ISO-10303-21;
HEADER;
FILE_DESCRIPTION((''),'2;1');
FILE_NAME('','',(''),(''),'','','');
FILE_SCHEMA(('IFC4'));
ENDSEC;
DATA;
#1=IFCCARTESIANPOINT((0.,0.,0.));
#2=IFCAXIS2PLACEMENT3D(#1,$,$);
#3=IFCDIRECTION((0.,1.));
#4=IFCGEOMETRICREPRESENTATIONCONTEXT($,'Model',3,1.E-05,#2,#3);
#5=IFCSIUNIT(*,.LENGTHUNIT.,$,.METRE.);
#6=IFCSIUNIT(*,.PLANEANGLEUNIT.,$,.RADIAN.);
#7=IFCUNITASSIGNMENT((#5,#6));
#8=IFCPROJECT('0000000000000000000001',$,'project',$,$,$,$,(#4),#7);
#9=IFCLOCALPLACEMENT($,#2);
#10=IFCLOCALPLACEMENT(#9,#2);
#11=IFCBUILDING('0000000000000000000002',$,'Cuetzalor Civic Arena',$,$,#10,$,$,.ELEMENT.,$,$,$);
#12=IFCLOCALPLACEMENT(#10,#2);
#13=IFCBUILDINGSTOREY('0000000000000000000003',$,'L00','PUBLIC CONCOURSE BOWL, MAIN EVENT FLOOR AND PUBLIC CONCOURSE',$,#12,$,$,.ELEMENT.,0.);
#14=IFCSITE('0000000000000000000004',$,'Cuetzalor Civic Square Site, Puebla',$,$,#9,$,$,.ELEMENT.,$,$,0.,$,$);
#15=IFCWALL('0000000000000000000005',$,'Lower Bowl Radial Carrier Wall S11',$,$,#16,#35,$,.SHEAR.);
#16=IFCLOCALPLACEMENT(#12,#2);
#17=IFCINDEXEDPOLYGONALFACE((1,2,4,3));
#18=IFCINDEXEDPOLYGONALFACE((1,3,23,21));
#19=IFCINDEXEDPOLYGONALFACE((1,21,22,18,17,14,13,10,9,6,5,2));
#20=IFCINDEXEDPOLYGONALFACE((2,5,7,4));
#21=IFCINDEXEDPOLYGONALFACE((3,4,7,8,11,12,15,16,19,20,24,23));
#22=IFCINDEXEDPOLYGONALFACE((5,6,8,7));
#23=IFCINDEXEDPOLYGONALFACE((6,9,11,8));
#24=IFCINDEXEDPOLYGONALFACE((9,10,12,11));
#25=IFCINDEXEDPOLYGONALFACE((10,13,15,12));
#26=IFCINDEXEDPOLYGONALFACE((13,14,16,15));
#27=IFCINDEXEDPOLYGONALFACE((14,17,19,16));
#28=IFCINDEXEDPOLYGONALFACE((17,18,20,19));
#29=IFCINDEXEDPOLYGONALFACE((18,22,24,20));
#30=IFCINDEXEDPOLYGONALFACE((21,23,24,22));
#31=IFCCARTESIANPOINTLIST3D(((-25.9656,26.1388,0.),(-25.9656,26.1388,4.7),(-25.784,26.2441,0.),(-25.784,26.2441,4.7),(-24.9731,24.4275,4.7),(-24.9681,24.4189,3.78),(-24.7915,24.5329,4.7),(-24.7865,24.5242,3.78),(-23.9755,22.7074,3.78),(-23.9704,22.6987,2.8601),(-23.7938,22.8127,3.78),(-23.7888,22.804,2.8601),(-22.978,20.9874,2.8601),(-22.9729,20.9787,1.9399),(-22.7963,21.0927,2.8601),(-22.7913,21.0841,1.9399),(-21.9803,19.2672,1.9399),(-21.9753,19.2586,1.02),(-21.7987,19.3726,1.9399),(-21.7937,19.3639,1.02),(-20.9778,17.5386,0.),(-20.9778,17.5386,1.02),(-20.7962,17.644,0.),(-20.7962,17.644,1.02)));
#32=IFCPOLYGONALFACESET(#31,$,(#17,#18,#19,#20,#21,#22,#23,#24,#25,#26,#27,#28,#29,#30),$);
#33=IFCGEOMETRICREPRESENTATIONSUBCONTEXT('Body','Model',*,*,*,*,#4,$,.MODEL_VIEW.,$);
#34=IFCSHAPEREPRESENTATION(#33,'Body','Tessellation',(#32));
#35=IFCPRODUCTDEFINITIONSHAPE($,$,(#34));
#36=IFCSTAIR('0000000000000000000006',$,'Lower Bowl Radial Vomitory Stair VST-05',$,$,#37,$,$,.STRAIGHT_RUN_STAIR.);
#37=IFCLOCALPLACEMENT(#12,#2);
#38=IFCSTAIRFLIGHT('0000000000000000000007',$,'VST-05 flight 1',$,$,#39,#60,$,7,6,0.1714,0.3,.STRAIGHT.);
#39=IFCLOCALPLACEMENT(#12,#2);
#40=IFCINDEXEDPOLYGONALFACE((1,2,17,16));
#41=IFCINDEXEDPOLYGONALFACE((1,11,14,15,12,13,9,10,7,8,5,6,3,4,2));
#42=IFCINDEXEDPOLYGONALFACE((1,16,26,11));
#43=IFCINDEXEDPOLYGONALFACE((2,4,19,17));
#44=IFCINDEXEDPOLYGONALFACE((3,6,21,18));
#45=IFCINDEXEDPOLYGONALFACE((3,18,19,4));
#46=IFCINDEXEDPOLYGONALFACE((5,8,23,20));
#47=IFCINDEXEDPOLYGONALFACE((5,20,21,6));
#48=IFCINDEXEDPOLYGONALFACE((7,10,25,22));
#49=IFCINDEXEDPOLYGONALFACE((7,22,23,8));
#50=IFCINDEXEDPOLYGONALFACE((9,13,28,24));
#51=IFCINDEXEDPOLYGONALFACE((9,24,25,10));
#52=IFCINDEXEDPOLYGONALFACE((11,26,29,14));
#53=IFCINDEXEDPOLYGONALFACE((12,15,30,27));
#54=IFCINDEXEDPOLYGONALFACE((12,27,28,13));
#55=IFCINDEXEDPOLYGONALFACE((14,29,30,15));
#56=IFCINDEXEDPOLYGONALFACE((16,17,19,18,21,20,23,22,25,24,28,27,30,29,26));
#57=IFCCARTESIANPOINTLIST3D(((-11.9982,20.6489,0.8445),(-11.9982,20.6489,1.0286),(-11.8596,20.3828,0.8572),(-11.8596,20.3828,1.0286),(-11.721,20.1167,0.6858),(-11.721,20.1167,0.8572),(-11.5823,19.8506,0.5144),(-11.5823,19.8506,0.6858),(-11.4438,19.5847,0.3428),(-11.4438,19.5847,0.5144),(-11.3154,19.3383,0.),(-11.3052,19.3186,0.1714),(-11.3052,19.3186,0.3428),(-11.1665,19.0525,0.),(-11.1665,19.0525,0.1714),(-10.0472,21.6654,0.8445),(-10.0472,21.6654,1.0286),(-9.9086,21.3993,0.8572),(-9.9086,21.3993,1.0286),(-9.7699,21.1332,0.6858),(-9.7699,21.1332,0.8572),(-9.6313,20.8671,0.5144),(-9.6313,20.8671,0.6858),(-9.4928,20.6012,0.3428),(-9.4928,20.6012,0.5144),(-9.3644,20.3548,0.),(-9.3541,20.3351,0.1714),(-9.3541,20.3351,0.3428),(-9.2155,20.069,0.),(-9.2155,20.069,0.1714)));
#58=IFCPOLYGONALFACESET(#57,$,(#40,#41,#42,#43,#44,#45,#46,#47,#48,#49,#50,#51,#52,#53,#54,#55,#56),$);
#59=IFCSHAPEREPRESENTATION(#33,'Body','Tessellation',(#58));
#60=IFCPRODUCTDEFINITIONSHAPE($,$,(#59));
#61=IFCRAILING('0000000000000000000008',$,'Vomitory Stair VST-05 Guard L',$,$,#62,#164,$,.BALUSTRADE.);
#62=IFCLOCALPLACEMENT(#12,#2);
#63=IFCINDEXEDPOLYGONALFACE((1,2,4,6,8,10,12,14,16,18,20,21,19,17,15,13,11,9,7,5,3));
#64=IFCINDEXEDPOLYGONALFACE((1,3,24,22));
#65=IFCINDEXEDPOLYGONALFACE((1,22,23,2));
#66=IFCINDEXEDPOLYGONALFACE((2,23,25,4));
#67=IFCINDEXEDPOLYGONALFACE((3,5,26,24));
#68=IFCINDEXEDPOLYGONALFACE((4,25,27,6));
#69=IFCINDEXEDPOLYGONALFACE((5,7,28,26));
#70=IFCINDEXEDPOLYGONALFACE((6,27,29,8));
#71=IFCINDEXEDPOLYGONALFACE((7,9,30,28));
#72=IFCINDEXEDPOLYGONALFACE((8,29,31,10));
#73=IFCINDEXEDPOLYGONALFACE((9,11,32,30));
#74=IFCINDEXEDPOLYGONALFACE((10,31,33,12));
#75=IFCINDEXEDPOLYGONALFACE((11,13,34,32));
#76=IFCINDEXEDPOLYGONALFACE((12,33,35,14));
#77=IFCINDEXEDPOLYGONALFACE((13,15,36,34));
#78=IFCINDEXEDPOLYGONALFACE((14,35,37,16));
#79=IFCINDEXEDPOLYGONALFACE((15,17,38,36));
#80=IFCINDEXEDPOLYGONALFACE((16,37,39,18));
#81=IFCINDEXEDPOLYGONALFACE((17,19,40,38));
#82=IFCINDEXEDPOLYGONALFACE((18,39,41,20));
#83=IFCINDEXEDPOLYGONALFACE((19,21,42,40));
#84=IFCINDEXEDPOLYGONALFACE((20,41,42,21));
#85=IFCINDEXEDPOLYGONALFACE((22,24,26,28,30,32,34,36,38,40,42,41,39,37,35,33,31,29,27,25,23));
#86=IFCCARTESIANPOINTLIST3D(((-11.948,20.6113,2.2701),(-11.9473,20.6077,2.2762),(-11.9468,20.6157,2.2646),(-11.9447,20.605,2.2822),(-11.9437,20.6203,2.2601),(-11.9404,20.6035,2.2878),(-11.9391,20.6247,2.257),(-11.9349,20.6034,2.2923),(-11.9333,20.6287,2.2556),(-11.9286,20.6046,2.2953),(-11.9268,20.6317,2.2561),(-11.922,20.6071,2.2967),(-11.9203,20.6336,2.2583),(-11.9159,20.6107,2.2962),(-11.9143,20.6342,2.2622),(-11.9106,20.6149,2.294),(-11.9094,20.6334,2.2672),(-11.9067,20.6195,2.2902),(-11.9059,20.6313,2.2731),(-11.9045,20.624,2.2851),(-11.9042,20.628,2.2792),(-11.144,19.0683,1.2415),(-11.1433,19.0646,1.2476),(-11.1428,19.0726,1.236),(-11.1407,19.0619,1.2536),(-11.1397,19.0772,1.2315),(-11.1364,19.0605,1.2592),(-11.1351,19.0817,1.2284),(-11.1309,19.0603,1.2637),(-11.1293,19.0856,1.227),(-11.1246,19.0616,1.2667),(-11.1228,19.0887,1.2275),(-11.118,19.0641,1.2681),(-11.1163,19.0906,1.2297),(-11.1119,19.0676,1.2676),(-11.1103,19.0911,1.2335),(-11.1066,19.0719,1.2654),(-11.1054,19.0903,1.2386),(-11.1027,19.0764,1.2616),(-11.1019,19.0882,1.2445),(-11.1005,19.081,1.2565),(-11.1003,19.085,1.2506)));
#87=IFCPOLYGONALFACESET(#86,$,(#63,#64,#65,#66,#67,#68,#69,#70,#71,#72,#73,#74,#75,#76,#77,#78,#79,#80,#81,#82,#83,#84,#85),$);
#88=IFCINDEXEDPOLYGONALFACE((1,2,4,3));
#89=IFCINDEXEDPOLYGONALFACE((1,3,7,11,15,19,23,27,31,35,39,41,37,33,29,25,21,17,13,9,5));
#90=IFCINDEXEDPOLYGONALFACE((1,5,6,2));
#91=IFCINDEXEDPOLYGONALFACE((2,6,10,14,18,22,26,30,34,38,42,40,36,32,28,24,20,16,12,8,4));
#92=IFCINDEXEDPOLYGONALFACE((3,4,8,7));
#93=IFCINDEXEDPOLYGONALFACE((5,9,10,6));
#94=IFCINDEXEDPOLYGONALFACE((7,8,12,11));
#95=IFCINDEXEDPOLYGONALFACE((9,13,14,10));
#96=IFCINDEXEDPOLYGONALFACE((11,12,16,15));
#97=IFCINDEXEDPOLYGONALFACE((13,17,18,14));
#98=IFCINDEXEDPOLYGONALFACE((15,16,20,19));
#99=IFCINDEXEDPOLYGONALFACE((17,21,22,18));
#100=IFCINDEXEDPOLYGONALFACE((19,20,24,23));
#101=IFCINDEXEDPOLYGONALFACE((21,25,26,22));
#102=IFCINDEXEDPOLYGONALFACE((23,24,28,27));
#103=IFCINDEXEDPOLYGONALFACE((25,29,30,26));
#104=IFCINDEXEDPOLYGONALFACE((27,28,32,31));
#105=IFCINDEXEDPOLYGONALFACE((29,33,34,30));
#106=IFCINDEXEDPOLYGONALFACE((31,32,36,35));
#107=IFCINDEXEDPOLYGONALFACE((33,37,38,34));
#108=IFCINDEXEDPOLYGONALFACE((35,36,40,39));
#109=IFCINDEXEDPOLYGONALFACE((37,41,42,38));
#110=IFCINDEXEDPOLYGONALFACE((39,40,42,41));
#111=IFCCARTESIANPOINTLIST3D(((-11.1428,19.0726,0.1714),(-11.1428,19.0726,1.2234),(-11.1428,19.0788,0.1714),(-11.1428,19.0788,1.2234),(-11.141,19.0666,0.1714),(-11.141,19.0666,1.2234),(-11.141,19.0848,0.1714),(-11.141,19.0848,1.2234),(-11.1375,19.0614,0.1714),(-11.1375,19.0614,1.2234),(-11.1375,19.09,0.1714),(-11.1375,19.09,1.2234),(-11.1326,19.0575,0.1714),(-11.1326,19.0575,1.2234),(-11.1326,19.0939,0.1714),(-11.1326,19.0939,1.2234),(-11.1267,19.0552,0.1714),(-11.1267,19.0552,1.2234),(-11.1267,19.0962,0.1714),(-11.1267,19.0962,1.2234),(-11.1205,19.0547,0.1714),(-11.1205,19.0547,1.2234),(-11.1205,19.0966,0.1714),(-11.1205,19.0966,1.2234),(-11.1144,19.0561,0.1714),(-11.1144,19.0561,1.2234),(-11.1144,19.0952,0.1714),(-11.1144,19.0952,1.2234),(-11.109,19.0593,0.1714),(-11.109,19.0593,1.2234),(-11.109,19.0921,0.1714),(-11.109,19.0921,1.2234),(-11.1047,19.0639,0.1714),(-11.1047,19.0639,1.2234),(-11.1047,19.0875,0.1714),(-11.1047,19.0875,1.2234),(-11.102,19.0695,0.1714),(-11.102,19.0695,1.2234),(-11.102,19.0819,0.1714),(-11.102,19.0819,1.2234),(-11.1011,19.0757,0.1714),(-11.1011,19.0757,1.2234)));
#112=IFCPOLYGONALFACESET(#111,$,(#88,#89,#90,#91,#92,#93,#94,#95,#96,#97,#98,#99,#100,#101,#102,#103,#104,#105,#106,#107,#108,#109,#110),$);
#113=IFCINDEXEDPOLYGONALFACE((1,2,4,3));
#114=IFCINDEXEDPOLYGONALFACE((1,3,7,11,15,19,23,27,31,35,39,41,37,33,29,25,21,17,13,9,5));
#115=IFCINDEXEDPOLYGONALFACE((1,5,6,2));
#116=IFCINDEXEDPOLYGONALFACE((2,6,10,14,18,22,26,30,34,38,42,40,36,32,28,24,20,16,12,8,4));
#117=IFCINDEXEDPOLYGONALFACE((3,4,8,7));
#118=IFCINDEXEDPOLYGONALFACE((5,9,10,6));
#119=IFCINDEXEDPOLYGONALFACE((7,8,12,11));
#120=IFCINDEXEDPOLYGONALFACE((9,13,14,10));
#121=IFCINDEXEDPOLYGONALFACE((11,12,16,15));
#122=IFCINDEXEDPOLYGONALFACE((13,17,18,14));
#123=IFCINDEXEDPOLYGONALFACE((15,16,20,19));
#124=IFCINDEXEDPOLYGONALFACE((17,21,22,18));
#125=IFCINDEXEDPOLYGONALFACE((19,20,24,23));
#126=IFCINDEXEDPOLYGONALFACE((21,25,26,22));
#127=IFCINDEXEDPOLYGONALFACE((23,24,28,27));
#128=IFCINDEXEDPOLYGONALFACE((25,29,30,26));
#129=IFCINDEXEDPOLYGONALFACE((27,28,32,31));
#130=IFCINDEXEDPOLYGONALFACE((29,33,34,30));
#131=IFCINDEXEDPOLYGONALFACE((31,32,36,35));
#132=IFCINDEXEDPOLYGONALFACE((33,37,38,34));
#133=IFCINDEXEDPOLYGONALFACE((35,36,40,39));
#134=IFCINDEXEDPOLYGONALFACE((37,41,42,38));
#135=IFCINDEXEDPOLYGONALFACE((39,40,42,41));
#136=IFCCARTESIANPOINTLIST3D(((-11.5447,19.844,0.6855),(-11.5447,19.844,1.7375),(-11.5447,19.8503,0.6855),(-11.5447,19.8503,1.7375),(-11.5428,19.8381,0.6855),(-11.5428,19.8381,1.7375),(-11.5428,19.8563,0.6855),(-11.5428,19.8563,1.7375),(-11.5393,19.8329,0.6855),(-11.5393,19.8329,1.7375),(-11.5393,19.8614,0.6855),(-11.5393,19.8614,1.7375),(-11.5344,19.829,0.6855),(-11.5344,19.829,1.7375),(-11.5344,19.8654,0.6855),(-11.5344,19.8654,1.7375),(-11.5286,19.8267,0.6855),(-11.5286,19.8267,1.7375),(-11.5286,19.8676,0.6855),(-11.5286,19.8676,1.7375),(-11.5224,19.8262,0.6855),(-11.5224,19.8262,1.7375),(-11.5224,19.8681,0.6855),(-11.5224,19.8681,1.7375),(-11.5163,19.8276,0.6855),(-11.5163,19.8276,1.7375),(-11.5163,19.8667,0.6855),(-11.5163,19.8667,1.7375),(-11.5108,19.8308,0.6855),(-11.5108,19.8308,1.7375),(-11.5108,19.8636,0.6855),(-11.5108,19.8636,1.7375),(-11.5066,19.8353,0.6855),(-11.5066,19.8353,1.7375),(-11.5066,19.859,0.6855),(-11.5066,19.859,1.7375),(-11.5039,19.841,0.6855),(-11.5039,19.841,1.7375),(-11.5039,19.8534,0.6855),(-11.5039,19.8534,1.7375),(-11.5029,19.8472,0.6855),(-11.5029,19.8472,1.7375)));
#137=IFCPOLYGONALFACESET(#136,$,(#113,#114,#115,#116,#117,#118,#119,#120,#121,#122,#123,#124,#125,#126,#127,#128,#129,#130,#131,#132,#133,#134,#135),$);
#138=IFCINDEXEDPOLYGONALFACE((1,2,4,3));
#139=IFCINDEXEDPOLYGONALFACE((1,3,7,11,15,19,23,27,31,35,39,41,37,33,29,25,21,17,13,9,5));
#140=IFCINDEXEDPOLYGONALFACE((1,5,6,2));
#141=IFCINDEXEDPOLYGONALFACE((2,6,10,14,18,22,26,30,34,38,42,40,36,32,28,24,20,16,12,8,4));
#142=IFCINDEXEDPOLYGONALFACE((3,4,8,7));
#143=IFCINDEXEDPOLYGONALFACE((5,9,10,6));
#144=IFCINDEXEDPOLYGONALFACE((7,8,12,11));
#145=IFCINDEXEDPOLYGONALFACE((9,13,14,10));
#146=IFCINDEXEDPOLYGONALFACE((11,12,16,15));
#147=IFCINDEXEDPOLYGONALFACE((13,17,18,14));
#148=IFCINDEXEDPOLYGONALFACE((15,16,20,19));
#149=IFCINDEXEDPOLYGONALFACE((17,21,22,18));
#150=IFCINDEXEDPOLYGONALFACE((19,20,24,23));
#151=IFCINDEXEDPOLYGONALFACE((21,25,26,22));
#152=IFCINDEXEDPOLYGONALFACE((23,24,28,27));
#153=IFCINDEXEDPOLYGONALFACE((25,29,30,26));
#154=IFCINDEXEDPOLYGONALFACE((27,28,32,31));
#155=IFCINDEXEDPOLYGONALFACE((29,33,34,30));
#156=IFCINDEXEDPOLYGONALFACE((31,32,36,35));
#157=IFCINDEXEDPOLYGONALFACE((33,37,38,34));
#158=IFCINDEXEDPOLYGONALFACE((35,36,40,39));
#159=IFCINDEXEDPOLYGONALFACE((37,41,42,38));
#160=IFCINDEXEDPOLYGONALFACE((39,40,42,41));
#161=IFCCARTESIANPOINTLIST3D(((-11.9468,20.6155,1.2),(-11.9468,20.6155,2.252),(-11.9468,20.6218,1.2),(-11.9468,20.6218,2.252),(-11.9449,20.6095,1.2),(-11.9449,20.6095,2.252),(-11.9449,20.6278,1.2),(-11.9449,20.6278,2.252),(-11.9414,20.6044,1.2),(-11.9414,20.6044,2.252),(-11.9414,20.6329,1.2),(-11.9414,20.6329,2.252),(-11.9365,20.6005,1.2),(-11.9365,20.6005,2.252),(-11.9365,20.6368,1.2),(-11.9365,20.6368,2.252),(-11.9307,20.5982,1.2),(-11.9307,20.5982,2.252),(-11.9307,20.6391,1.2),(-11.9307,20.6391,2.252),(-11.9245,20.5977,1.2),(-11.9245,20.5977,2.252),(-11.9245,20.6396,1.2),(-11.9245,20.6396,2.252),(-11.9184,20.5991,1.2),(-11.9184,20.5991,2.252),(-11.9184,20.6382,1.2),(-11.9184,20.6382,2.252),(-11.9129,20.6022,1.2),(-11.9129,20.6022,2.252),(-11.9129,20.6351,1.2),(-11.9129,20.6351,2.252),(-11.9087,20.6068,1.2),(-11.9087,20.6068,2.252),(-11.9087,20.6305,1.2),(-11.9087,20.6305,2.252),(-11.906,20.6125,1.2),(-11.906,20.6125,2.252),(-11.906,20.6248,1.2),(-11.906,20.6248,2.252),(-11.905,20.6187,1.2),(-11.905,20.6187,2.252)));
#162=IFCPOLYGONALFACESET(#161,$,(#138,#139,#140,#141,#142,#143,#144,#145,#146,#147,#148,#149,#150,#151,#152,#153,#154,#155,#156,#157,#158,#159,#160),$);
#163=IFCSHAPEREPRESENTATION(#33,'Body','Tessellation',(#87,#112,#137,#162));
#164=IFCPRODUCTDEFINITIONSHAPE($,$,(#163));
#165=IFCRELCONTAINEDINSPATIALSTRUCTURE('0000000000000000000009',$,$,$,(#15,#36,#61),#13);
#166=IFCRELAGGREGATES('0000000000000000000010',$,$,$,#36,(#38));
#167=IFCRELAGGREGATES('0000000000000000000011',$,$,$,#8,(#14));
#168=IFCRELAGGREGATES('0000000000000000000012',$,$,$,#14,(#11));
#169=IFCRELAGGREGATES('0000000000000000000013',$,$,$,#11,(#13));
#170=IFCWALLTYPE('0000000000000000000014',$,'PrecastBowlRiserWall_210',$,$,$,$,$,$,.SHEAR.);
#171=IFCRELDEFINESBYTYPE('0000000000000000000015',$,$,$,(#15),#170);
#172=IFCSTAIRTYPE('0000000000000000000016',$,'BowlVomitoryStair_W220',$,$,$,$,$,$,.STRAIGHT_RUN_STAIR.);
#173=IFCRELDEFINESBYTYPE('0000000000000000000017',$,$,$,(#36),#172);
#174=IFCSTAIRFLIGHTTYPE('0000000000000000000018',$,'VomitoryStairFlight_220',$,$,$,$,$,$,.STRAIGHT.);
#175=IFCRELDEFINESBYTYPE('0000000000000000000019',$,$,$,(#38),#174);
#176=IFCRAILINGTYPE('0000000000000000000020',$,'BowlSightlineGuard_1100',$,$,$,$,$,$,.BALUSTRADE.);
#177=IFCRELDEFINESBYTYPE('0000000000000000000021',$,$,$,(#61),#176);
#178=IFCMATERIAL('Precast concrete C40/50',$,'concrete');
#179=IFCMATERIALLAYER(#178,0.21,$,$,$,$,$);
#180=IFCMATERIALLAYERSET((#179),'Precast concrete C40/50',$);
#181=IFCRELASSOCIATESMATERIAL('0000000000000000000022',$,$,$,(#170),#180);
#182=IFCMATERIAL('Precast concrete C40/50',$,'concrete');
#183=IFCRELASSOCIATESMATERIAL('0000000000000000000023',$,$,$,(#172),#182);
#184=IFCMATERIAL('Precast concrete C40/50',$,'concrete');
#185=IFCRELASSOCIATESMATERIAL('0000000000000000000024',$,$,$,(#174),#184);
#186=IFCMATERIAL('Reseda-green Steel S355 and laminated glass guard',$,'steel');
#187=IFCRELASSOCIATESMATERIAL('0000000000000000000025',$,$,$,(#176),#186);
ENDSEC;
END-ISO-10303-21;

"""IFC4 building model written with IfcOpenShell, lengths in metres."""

from ifc_helpers import new_model, si_unit, direction, frame, origin, origin_2d, place, context, subcontext, project, spatial, polyline, circle, outline, extrude, material, layer, layer_set, type_object, element, aggregate, save


model = new_model("IFC4")

# Units and contexts
model_context = context("Model", 3, precision=1e-05, world=origin(), true_north=direction((0.0, 1.0)))
body_context = subcontext(model_context, "Body", "Model", "MODEL_VIEW")
ifc_project = project(units=[si_unit("LENGTHUNIT", "METRE"), si_unit("PLANEANGLEUNIT", "RADIAN")], contexts=[model_context])

# Site, building, storey
site_placement = place(None, origin())
site = spatial("IfcSite", under=ifc_project, at=site_placement, Name="Cuetzalor Civic Square Site, Puebla", CompositionType="ELEMENT", RefElevation=0.0)
building_placement = place(site_placement, origin())
building = spatial("IfcBuilding", under=site, at=building_placement, Name="Cuetzalor Civic Arena", CompositionType="ELEMENT")
storey_placement = place(building_placement, origin())
storey = spatial("IfcBuildingStorey", under=building, at=storey_placement, Name="L00", Description="PUBLIC CONCOURSE BOWL, MAIN EVENT FLOOR AND PUBLIC CONCOURSE", CompositionType="ELEMENT", Elevation=0.0)

# Wall
ifc_material_1 = material(Name="Precast concrete C40/50", Category="concrete")
ifc_layer_1 = layer(ifc_material_1, 0.21)
ifc_layer_set_1 = layer_set([ifc_layer_1], Name="Precast concrete C40/50")
wall_type = type_object("IfcWallType", Name="PrecastBowlRiserWall_210", PredefinedType="SHEAR", material=ifc_layer_set_1)
wall_placement = place(storey_placement, frame((-20.887, 17.5913, 0.0), z_axis=(0.0, 0.0, 1.0), x_axis=(-0.501698, 0.865043, 0.0)))
element("IfcWall", 1, at=wall_placement, inside=storey, type_object=wall_type, Name="Lower Bowl Radial Carrier Wall S11", PredefinedType="SHEAR", context=body_context, shape_type="SweptSolid", body=[
    extrude(outline(polyline([(0.0, 0.0), (9.9419, 0.0), (9.9419, 4.7), (7.9636, 4.7), (7.9536, 3.78), (5.9751, 3.78), (5.9651, 2.8601), (3.9868, 2.8601), (3.9768, 1.9399), (1.9983, 1.9399), (1.9883, 1.02), (0.0, 1.02), (0.0, 0.0)])), frame((0.0, 0.105, 0.0), z_axis=(0.0, -1.0, 0.0), x_axis=(1.0, 0.0, 0.0)), (0.0, 0.0, 1.0), 0.21),
])

# Stair, stair flight
ifc_material_2 = material(Name="Precast concrete C40/50", Category="concrete")
stair_type_1 = type_object("IfcStairType", Name="BowlVomitoryStair_W220", PredefinedType="STRAIGHT_RUN_STAIR", material=ifc_material_2)
stair_1_placement = place(storey_placement, origin())
stair_1 = element("IfcStair", 2, at=stair_1_placement, inside=storey, type_object=stair_type_1, Name="Lower Bowl Radial Vomitory Stair VST-05", PredefinedType="STRAIGHT_RUN_STAIR")
ifc_material_3 = material(Name="Precast concrete C40/50", Category="concrete")
stair_flight_type = type_object("IfcStairFlightType", Name="VomitoryStairFlight_220", PredefinedType="STRAIGHT", material=ifc_material_3)
stair_flight_placement = place(storey_placement, frame((-10.1909, 19.5608, 0.0), z_axis=(0.0, 0.0, 1.0), x_axis=(-0.462043, 0.886858, 0.0)))
stair_flight = element("IfcStairFlight", 3, at=stair_flight_placement, type_object=stair_flight_type, Name="VST-05 flight 1", NumberOfRisers=7, NumberOfTreads=6, PredefinedType="STRAIGHT", RiserHeight=0.1714, TreadLength=0.3, context=body_context, shape_type="SweptSolid", body=[
    extrude(outline(polyline([(0.0, 0.0), (0.0, 0.1714), (0.3, 0.1714), (0.3, 0.3428), (0.6001, 0.3428), (0.6001, 0.5144), (0.8999, 0.5144), (0.8999, 0.6858), (1.2, 0.6858), (1.2, 0.8572), (1.5, 0.8572), (1.5, 1.0286), (1.8, 1.0286), (1.8, 1.2), (1.8, 0.8445), (0.3223, 0.0), (0.0, 0.0)])), frame((0.0, 1.1001, 0.0), z_axis=(0.0, -1.0, 0.0), x_axis=(1.0, 0.0, 0.0)), (0.0, 0.0, 1.0), 2.2),
])
aggregate(stair_1, [stair_flight])

# Railing
ifc_material_4 = material(Name="Reseda-green Steel S355 and laminated glass guard", Category="steel")
railing_type_1 = type_object("IfcRailingType", Name="BowlSightlineGuard_1100", PredefinedType="BALUSTRADE", material=ifc_material_4)
railing_1_placement = place(storey_placement, frame((-11.1221, 19.0757, 0.1714)))
element("IfcRailing", 4, at=railing_1_placement, inside=storey, type_object=railing_type_1, Name="Vomitory Stair VST-05 Guard L", PredefinedType="BALUSTRADE", context=body_context, shape_type="SweptSolid", body=[
    extrude(circle(Radius=0.0239, at=origin_2d()), frame((0.0, 0.0, 1.0762), z_axis=(-0.397771, 0.763412, 0.508901), x_axis=(-0.886837, -0.462082, 0.0)), (0.0, 0.0, 1.0), 2.0212),
    extrude(circle(Radius=0.021, at=origin_2d()), origin(), (0.0, 0.0, 1.0), 1.052),
    extrude(circle(Radius=0.021, at=origin_2d()), frame((-0.4019, 0.7715, 0.5142)), (0.0, 0.0, 1.0), 1.052),
    extrude(circle(Radius=0.021, at=origin_2d()), frame((-0.804, 1.543, 1.0286)), (0.0, 0.0, 1.0), 1.052),
])

save(model, "model.ifc")
